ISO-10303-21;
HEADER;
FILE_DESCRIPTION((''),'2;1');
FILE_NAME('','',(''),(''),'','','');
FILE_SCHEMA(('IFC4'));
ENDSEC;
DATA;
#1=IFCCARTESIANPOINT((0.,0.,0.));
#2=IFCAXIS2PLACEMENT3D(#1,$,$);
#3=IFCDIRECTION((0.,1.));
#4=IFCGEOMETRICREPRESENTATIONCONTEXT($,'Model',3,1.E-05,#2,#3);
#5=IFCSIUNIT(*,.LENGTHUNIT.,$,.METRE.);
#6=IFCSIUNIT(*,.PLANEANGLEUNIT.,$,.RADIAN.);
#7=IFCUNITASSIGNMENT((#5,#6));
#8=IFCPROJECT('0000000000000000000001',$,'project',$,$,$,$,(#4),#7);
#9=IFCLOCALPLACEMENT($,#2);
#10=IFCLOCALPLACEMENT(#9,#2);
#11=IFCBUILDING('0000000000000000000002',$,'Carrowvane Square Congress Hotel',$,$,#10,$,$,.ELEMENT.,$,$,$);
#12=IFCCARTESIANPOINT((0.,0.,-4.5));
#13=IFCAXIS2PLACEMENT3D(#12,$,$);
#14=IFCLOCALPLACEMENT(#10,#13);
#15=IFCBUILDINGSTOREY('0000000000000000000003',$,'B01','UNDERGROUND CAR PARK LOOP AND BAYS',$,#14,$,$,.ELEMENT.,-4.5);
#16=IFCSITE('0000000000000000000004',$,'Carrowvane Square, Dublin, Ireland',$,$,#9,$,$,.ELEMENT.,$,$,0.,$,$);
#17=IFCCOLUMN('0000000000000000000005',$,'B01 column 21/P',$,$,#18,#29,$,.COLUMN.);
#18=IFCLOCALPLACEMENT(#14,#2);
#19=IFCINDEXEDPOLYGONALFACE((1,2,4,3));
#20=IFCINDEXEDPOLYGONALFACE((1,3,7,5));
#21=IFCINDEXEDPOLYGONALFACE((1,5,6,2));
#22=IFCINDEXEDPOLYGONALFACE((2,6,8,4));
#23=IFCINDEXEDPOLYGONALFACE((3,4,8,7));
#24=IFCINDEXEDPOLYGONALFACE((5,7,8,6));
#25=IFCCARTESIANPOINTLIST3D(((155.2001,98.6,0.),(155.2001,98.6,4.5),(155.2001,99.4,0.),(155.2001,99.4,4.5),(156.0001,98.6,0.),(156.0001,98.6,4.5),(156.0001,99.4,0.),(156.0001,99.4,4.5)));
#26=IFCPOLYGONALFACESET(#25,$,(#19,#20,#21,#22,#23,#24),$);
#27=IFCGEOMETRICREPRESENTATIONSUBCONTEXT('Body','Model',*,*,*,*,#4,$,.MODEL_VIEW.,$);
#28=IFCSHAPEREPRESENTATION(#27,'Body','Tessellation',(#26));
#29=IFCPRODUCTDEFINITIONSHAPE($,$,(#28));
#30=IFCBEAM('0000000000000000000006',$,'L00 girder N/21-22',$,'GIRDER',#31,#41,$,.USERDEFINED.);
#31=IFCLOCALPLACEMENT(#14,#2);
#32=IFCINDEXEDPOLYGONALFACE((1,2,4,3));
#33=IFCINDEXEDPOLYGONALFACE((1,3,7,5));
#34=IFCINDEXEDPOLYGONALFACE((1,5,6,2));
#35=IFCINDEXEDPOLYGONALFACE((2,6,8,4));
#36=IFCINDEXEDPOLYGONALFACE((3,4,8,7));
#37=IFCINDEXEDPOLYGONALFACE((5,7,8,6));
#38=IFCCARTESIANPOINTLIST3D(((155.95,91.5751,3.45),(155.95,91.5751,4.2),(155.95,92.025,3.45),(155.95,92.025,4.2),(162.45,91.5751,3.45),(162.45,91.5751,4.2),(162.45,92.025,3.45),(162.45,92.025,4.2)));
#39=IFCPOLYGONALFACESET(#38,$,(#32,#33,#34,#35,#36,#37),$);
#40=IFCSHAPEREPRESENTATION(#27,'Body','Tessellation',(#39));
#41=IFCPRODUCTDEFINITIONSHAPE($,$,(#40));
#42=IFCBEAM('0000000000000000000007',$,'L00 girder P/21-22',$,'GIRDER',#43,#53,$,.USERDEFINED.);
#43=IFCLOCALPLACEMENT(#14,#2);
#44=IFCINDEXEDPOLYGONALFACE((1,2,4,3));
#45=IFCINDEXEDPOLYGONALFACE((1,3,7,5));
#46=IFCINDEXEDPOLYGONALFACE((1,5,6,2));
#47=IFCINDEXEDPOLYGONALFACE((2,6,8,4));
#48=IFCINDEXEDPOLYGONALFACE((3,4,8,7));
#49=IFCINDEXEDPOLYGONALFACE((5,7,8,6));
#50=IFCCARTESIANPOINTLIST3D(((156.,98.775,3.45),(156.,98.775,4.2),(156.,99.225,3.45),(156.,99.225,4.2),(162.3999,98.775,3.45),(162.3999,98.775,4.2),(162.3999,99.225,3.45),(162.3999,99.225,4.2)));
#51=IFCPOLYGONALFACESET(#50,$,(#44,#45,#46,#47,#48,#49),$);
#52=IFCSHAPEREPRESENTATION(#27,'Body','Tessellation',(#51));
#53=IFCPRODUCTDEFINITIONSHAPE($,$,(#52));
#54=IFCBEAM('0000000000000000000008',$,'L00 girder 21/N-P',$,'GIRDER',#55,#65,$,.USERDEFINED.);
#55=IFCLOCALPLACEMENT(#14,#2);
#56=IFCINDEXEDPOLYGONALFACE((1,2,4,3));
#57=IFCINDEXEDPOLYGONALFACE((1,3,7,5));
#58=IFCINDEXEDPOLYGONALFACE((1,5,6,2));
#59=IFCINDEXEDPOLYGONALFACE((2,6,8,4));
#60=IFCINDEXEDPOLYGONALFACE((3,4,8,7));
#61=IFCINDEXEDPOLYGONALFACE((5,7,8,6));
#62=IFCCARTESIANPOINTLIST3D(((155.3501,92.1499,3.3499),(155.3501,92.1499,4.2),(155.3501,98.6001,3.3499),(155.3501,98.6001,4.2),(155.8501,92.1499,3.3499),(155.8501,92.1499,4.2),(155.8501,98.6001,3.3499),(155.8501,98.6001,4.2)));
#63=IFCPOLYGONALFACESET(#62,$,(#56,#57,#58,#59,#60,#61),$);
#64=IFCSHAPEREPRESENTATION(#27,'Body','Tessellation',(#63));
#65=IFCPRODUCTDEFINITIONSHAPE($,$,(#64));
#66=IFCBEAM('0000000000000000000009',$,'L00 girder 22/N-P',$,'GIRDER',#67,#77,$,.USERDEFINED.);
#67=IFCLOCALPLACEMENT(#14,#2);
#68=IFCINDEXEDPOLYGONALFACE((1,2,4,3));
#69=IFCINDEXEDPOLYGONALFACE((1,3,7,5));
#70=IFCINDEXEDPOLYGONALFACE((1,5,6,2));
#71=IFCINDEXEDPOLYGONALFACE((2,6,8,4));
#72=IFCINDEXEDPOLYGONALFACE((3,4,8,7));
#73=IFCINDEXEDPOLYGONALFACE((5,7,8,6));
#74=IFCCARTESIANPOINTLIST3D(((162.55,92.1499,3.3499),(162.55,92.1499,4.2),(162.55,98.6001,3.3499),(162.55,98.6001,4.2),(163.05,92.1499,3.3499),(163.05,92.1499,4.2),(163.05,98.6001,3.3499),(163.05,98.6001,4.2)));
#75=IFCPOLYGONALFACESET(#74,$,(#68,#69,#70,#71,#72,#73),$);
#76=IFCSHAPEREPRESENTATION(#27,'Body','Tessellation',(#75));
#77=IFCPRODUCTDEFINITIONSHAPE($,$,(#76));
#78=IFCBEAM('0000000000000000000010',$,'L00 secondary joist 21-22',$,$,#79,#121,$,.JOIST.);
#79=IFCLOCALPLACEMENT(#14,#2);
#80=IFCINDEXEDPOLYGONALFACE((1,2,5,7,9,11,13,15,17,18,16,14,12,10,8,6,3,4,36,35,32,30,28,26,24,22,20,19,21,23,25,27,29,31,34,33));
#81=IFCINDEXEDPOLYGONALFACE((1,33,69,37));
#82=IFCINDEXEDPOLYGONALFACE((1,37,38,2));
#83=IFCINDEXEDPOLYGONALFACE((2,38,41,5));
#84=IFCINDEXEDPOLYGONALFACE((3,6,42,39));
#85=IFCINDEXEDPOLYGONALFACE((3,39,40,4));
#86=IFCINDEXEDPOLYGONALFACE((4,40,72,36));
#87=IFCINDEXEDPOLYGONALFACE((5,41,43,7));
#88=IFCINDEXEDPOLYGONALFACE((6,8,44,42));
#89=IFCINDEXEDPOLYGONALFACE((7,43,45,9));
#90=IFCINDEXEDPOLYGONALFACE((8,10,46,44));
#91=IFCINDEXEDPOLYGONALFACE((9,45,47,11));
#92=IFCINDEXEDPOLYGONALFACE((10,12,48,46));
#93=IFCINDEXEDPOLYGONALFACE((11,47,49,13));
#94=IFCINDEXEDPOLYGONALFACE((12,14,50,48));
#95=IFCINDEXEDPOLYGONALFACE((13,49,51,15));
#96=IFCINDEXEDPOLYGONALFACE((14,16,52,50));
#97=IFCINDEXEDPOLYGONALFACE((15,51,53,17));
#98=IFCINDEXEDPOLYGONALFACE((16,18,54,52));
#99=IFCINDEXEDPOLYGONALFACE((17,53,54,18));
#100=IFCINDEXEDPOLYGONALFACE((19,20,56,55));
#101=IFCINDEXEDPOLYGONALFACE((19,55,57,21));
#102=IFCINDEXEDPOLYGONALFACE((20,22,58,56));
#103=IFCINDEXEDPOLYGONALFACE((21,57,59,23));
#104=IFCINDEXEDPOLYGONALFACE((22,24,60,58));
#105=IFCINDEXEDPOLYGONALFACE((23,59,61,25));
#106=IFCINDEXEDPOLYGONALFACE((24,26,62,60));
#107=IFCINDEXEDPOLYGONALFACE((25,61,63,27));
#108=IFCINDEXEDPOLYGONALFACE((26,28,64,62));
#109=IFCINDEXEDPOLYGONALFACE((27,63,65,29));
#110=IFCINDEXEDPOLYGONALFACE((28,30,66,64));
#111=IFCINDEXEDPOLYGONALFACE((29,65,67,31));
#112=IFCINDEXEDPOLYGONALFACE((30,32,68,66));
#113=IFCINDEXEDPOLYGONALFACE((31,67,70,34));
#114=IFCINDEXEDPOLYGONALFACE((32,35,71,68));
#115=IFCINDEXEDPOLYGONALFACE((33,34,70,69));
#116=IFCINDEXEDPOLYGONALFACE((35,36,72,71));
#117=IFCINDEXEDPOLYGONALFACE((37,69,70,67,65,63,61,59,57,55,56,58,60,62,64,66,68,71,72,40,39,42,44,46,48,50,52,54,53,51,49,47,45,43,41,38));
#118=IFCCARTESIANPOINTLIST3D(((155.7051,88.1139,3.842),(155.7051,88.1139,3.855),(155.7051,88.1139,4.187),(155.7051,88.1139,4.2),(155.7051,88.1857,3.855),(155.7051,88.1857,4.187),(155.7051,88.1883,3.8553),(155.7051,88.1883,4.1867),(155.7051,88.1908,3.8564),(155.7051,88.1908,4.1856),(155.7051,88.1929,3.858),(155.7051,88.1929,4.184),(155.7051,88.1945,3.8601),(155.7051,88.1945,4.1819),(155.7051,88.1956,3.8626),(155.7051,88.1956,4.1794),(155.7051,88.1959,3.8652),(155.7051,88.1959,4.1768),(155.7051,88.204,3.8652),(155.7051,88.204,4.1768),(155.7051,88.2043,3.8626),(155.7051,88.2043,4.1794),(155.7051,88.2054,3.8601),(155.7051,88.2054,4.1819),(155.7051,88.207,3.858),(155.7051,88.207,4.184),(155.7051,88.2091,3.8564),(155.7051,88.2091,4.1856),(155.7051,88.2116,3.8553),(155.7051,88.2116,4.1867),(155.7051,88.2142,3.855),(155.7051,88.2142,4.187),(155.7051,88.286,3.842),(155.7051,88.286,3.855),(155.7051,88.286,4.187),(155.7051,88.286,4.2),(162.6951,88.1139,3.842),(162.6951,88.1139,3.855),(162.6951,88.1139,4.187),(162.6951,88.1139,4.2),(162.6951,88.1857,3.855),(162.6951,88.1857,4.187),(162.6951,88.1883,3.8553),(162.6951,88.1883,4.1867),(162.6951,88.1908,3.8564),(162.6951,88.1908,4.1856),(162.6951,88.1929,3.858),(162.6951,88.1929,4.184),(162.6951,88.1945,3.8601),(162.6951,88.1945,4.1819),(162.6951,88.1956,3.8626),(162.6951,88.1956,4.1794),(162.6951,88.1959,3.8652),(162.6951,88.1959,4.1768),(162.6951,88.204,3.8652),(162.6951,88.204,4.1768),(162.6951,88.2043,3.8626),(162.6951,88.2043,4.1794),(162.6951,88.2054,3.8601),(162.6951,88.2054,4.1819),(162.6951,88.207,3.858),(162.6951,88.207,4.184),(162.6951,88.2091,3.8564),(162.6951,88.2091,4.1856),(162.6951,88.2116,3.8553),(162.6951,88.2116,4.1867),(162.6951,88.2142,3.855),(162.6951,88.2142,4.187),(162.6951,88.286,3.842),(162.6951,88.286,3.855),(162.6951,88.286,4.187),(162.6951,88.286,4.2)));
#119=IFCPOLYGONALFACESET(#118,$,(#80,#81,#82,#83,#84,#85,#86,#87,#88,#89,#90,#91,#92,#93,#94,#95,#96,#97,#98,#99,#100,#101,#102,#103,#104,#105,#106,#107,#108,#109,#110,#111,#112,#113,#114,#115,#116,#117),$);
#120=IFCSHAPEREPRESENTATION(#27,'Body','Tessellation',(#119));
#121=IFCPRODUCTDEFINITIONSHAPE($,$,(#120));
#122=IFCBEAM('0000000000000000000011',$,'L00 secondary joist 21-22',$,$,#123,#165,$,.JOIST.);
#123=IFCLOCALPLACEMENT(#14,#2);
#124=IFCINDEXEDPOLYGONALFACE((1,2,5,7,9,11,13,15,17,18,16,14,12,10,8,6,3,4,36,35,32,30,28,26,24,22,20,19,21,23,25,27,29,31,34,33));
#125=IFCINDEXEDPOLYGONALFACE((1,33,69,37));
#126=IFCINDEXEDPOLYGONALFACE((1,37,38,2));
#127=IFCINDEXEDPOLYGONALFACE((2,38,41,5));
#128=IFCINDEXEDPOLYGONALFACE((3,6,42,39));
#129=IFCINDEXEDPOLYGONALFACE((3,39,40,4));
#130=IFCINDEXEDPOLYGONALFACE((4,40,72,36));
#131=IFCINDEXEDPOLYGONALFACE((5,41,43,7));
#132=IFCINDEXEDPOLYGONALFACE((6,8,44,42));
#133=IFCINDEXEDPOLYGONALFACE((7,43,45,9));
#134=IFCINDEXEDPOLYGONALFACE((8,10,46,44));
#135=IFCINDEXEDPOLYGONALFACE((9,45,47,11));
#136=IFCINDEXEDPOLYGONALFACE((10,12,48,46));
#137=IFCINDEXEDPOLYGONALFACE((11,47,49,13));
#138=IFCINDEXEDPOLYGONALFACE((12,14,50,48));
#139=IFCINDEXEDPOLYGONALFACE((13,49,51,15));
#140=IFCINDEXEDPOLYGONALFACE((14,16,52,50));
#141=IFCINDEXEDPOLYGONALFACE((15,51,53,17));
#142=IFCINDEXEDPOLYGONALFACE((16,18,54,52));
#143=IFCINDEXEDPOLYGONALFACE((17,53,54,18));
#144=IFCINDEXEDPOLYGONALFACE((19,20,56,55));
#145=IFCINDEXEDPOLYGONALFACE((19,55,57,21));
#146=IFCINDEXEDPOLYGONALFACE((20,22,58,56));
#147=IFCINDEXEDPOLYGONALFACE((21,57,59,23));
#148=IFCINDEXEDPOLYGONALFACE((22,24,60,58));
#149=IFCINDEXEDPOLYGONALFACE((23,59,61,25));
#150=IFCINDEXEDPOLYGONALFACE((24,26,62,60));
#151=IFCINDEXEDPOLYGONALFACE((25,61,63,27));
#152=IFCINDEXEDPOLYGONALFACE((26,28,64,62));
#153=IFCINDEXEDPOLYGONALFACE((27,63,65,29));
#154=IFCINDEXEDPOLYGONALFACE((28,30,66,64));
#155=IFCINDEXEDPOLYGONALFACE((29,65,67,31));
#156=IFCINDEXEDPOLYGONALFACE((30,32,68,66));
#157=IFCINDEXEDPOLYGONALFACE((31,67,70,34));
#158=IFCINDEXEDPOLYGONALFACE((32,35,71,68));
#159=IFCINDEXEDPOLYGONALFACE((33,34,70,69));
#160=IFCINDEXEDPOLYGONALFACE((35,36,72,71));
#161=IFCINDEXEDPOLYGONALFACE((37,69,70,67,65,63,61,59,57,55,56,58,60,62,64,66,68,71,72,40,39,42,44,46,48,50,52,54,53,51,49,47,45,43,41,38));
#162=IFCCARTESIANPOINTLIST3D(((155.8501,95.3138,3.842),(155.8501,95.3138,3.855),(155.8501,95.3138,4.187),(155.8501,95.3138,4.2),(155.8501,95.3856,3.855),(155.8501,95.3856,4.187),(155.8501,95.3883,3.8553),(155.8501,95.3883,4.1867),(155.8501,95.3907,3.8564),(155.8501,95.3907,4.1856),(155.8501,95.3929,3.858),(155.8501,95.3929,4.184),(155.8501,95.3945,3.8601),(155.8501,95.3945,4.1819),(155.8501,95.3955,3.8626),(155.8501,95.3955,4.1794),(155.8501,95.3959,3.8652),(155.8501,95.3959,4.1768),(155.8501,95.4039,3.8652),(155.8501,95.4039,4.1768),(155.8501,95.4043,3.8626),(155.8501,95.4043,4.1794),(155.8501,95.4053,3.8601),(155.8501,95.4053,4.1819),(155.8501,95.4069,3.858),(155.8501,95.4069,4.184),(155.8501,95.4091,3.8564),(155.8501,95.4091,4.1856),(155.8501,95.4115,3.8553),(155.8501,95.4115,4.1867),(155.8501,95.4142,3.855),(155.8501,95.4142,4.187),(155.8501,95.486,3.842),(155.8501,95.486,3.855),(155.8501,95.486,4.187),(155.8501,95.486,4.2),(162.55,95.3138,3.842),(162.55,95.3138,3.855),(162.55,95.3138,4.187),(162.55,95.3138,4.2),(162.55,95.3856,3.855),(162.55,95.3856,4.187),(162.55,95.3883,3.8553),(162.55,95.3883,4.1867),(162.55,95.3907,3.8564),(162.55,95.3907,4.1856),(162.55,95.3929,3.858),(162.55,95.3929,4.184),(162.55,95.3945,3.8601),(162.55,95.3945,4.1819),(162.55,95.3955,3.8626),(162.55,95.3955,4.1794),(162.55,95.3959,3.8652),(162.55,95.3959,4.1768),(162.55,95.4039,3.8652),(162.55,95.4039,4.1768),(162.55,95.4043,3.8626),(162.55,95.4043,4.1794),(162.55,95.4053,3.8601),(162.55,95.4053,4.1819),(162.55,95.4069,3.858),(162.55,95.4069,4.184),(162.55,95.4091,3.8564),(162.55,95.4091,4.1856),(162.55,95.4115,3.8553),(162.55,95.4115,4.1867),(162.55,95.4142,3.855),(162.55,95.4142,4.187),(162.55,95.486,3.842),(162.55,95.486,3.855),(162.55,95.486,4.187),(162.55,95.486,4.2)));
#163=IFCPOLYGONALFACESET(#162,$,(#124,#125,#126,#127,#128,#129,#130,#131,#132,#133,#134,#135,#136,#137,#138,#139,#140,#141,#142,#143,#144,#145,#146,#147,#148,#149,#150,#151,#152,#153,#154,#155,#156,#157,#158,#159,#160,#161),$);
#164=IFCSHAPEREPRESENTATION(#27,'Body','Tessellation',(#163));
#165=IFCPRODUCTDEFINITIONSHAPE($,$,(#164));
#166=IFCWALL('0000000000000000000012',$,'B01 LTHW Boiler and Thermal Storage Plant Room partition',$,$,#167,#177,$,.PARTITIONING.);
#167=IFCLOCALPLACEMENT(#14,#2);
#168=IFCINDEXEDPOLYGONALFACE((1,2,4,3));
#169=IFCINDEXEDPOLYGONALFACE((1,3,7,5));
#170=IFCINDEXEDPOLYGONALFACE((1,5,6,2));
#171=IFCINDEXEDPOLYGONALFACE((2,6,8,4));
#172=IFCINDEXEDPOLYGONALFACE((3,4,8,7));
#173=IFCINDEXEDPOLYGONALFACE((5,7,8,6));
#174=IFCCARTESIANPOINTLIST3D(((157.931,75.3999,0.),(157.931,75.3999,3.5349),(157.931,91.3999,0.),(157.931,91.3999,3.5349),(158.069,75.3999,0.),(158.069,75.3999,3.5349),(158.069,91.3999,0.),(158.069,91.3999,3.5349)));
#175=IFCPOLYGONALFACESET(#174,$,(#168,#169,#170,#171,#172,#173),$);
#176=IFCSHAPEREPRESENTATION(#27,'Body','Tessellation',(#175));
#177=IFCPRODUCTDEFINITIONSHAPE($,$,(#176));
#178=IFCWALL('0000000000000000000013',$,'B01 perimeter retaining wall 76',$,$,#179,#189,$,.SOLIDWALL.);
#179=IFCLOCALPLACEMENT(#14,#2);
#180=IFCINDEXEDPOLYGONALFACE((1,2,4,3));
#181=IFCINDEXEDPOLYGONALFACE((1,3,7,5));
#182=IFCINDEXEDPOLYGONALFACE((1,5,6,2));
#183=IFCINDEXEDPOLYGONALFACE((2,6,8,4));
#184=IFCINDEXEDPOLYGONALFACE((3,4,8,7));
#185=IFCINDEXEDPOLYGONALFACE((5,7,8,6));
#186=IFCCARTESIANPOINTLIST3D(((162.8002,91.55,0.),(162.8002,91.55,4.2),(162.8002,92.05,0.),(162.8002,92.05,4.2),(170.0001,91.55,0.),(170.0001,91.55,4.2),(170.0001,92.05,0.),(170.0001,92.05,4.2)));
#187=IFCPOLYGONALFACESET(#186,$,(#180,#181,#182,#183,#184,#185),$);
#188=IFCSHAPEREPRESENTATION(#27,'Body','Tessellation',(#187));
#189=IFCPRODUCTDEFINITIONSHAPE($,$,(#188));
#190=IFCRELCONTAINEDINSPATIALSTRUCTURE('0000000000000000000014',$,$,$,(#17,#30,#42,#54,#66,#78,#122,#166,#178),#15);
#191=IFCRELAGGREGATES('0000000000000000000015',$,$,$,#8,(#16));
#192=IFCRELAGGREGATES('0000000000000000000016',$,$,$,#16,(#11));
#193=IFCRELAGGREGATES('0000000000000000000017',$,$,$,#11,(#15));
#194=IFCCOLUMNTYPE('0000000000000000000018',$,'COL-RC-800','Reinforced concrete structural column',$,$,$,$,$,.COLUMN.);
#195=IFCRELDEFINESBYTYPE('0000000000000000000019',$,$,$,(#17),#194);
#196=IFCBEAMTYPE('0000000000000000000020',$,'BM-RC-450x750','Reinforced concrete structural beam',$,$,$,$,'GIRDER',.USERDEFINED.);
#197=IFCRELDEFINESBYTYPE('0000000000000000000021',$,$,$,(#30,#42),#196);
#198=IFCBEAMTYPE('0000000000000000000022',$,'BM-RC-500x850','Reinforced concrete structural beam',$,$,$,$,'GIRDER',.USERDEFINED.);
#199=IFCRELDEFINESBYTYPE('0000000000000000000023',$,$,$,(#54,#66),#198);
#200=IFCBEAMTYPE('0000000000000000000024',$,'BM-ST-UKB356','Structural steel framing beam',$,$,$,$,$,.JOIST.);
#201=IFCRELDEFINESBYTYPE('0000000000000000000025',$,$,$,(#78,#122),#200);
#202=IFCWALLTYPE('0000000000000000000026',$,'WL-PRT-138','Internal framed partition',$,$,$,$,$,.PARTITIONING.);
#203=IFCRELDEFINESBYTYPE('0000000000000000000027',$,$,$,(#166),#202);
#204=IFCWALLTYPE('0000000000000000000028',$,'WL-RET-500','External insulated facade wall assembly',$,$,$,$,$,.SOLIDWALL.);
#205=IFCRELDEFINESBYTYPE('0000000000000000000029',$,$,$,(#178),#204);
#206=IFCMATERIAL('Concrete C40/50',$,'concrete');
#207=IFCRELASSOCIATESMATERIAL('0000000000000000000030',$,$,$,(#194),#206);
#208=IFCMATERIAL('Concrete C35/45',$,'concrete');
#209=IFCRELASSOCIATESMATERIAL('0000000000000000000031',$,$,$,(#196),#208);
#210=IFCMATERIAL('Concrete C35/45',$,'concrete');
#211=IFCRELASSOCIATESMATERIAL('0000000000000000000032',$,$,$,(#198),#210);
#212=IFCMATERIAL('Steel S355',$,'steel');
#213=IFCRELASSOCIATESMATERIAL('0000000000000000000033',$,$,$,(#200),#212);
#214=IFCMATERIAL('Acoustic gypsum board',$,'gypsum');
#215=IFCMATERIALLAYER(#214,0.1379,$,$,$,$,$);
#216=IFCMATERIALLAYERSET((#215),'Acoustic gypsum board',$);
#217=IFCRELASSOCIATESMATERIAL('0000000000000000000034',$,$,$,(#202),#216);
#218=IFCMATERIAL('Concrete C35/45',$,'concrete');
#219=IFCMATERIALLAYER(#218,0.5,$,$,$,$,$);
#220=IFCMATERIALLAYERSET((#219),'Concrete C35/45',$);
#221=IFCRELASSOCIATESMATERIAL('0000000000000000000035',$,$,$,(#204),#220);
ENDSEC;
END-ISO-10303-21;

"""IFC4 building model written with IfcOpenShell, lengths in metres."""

from ifc_helpers import new_model, si_unit, direction, frame, frame_2d, origin, origin_2d, place, context, subcontext, project, spatial, rectangle, i_section, extrude, material, layer, layer_set, material_profile, profile_set, type_object, element, save


model = new_model("IFC4")

# Units and contexts
model_context = context("Model", 3, precision=1e-05, world=origin(), true_north=direction((0.0, 1.0)))
body_context = subcontext(model_context, "Body", "Model", "MODEL_VIEW")
ifc_project = project(units=[si_unit("LENGTHUNIT", "METRE"), si_unit("PLANEANGLEUNIT", "RADIAN")], contexts=[model_context])

# Site, building, storey
site_placement = place(None, origin())
site = spatial("IfcSite", under=ifc_project, at=site_placement, Name="Carrowvane Square, Dublin, Ireland", CompositionType="ELEMENT", RefElevation=0.0)
building_placement = place(site_placement, origin())
building = spatial("IfcBuilding", under=site, at=building_placement, Name="Carrowvane Square Congress Hotel", CompositionType="ELEMENT")
storey_placement = place(building_placement, frame((0.0, 0.0, -4.5)))
storey = spatial("IfcBuildingStorey", under=building, at=storey_placement, Name="B01", Description="UNDERGROUND CAR PARK LOOP AND BAYS", CompositionType="ELEMENT", Elevation=-4.5)

# Column
ifc_material_1 = material(Name="Concrete C40/50", Category="concrete")
ifc_material_profile_1 = material_profile(ifc_material_1, rectangle(XDim=0.8, YDim=0.8, at=origin_2d()), Name="RC 800x800")
ifc_profile_set_1 = profile_set([ifc_material_profile_1], Name="Concrete C40/50")
column_type_1 = type_object("IfcColumnType", Name="COL-RC-800", Description="Reinforced concrete structural column", PredefinedType="COLUMN", material=ifc_profile_set_1)
column_placement = place(storey_placement, frame((155.6001, 99.0, 0.0), z_axis=(0.0, 0.0, 1.0), x_axis=(1.0, 0.0, 0.0)))
element("IfcColumn", 1, at=column_placement, inside=storey, type_object=column_type_1, Name="B01 column 21/P", PredefinedType="COLUMN", context=body_context, shape_type="SweptSolid", body=[
    extrude(rectangle(XDim=0.8, YDim=0.8, at=origin_2d()), origin(), (0.0, 0.0, 1.0), 4.5),
])

# Beams
ifc_material_2 = material(Name="Concrete C35/45", Category="concrete")
ifc_material_profile_2 = material_profile(ifc_material_2, rectangle(XDim=0.45, YDim=0.75, at=origin_2d()), Name="RC 450x750")
ifc_profile_set_2 = profile_set([ifc_material_profile_2], Name="Concrete C35/45")
beam_type_1 = type_object("IfcBeamType", Name="BM-RC-450x750", Description="Reinforced concrete structural beam", ElementType="GIRDER", PredefinedType="USERDEFINED", material=ifc_profile_set_2)
beam_1_placement = place(storey_placement, frame((155.95, 91.8, 3.825), z_axis=(1.0, 0.0, 0.0), x_axis=(0.0, 1.0, 0.0)))
element("IfcBeam", 2, at=beam_1_placement, inside=storey, type_object=beam_type_1, Name="L00 girder N/21-22", ObjectType="GIRDER", PredefinedType="USERDEFINED", context=body_context, shape_type="SweptSolid", body=[
    extrude(rectangle(XDim=0.45, YDim=0.75, at=origin_2d()), origin(), (0.0, 0.0, 1.0), 6.5),
])
beam_2_placement = place(storey_placement, frame((156.0, 99.0, 3.825), z_axis=(1.0, 0.0, 0.0), x_axis=(0.0, 1.0, 0.0)))
element("IfcBeam", 3, at=beam_2_placement, inside=storey, type_object=beam_type_1, Name="L00 girder P/21-22", ObjectType="GIRDER", PredefinedType="USERDEFINED", context=body_context, shape_type="SweptSolid", body=[
    extrude(rectangle(XDim=0.45, YDim=0.75, at=origin_2d()), origin(), (0.0, 0.0, 1.0), 6.3999),
])
ifc_material_3 = material(Name="Concrete C35/45", Category="concrete")
ifc_material_profile_3 = material_profile(ifc_material_3, rectangle(XDim=0.5, YDim=0.8501, at=origin_2d()), Name="RC 500x850")
ifc_profile_set_3 = profile_set([ifc_material_profile_3], Name="Concrete C35/45")
beam_type_2 = type_object("IfcBeamType", Name="BM-RC-500x850", Description="Reinforced concrete structural beam", ElementType="GIRDER", PredefinedType="USERDEFINED", material=ifc_profile_set_3)
for number, where, z_axis, x_axis, name in (
    (4, (155.6001, 92.1499, 3.7749), (0.0, 1.0, 0.0), (-1.0, 0.0, 0.0), "L00 girder 21/N-P"),
    (5, (162.8, 92.1499, 3.7749), (0.0, 1.0, 0.0), (-1.0, 0.0, 0.0), "L00 girder 22/N-P"),
):
    element("IfcBeam", number, at=place(storey_placement, frame(where, z_axis=z_axis, x_axis=x_axis)), inside=storey, type_object=beam_type_2, Name=name, ObjectType="GIRDER", PredefinedType="USERDEFINED", context=body_context, shape_type="SweptSolid", body=[
        extrude(rectangle(XDim=0.5, YDim=0.8501, at=origin_2d()), origin(), (0.0, 0.0, 1.0), 6.4502),
    ])
ifc_material_4 = material(Name="Steel S355", Category="steel")
ifc_material_profile_4 = material_profile(ifc_material_4, i_section(OverallWidth=0.1721, OverallDepth=0.3579, WebThickness=0.0081, FlangeThickness=0.0129, FilletRadius=0.0103, at=origin_2d()), Name="UKB 356x171x57")
ifc_profile_set_4 = profile_set([ifc_material_profile_4], Name="Steel S355")
beam_type_3 = type_object("IfcBeamType", Name="BM-ST-UKB356", Description="Structural steel framing beam", PredefinedType="JOIST", material=ifc_profile_set_4)
beam_3_placement = place(storey_placement, frame((155.7051, 88.2, 4.021), z_axis=(1.0, 0.0, 0.0), x_axis=(0.0, 1.0, 0.0)))
element("IfcBeam", 6, at=beam_3_placement, inside=storey, type_object=beam_type_3, Name="L00 secondary joist 21-22", PredefinedType="JOIST", context=body_context, shape_type="SweptSolid", body=[
    extrude(i_section(OverallWidth=0.1721, OverallDepth=0.3579, WebThickness=0.0081, FlangeThickness=0.0129, FilletRadius=0.0103, at=origin_2d()), origin(), (0.0, 0.0, 1.0), 6.99),
])
beam_4_placement = place(storey_placement, frame((155.8501, 95.3999, 4.021), z_axis=(1.0, 0.0, 0.0), x_axis=(0.0, 1.0, 0.0)))
element("IfcBeam", 7, at=beam_4_placement, inside=storey, type_object=beam_type_3, Name="L00 secondary joist 21-22", PredefinedType="JOIST", context=body_context, shape_type="SweptSolid", body=[
    extrude(i_section(OverallWidth=0.1721, OverallDepth=0.3579, WebThickness=0.0081, FlangeThickness=0.0129, FilletRadius=0.0103, at=origin_2d()), origin(), (0.0, 0.0, 1.0), 6.7),
])

# Walls
ifc_material_5 = material(Name="Acoustic gypsum board", Category="gypsum")
ifc_layer_1 = layer(ifc_material_5, 0.1379)
ifc_layer_set_1 = layer_set([ifc_layer_1], Name="Acoustic gypsum board")
wall_type_1 = type_object("IfcWallType", Name="WL-PRT-138", Description="Internal framed partition", PredefinedType="PARTITIONING", material=ifc_layer_set_1)
wall_1_placement = place(storey_placement, frame((158.0, 91.3999, 0.0), z_axis=(0.0, 0.0, 1.0), x_axis=(0.0, -1.0, 0.0)))
element("IfcWall", 8, at=wall_1_placement, inside=storey, type_object=wall_type_1, Name="B01 LTHW Boiler and Thermal Storage Plant Room partition", PredefinedType="PARTITIONING", context=body_context, shape_type="SweptSolid", body=[
    extrude(rectangle(XDim=16.0, YDim=0.1379, at=frame_2d((8.0, 0.0))), origin(), (0.0, 0.0, 1.0), 3.5349),
])
ifc_material_6 = material(Name="Concrete C35/45", Category="concrete")
ifc_layer_2 = layer(ifc_material_6, 0.5)
ifc_layer_set_2 = layer_set([ifc_layer_2], Name="Concrete C35/45")
wall_type_2 = type_object("IfcWallType", Name="WL-RET-500", Description="External insulated facade wall assembly", PredefinedType="SOLIDWALL", material=ifc_layer_set_2)
wall_2_placement = place(storey_placement, frame((162.8, 91.8, 0.0), z_axis=(0.0, 0.0, 1.0), x_axis=(1.0, 0.0, 0.0)))
element("IfcWall", 9, at=wall_2_placement, inside=storey, type_object=wall_type_2, Name="B01 perimeter retaining wall 76", PredefinedType="SOLIDWALL", context=body_context, shape_type="SweptSolid", body=[
    extrude(rectangle(XDim=7.2, YDim=0.5, at=frame_2d((3.6001, 0.0))), origin(), (0.0, 0.0, 1.0), 4.2),
])

save(model, "model.ifc")
